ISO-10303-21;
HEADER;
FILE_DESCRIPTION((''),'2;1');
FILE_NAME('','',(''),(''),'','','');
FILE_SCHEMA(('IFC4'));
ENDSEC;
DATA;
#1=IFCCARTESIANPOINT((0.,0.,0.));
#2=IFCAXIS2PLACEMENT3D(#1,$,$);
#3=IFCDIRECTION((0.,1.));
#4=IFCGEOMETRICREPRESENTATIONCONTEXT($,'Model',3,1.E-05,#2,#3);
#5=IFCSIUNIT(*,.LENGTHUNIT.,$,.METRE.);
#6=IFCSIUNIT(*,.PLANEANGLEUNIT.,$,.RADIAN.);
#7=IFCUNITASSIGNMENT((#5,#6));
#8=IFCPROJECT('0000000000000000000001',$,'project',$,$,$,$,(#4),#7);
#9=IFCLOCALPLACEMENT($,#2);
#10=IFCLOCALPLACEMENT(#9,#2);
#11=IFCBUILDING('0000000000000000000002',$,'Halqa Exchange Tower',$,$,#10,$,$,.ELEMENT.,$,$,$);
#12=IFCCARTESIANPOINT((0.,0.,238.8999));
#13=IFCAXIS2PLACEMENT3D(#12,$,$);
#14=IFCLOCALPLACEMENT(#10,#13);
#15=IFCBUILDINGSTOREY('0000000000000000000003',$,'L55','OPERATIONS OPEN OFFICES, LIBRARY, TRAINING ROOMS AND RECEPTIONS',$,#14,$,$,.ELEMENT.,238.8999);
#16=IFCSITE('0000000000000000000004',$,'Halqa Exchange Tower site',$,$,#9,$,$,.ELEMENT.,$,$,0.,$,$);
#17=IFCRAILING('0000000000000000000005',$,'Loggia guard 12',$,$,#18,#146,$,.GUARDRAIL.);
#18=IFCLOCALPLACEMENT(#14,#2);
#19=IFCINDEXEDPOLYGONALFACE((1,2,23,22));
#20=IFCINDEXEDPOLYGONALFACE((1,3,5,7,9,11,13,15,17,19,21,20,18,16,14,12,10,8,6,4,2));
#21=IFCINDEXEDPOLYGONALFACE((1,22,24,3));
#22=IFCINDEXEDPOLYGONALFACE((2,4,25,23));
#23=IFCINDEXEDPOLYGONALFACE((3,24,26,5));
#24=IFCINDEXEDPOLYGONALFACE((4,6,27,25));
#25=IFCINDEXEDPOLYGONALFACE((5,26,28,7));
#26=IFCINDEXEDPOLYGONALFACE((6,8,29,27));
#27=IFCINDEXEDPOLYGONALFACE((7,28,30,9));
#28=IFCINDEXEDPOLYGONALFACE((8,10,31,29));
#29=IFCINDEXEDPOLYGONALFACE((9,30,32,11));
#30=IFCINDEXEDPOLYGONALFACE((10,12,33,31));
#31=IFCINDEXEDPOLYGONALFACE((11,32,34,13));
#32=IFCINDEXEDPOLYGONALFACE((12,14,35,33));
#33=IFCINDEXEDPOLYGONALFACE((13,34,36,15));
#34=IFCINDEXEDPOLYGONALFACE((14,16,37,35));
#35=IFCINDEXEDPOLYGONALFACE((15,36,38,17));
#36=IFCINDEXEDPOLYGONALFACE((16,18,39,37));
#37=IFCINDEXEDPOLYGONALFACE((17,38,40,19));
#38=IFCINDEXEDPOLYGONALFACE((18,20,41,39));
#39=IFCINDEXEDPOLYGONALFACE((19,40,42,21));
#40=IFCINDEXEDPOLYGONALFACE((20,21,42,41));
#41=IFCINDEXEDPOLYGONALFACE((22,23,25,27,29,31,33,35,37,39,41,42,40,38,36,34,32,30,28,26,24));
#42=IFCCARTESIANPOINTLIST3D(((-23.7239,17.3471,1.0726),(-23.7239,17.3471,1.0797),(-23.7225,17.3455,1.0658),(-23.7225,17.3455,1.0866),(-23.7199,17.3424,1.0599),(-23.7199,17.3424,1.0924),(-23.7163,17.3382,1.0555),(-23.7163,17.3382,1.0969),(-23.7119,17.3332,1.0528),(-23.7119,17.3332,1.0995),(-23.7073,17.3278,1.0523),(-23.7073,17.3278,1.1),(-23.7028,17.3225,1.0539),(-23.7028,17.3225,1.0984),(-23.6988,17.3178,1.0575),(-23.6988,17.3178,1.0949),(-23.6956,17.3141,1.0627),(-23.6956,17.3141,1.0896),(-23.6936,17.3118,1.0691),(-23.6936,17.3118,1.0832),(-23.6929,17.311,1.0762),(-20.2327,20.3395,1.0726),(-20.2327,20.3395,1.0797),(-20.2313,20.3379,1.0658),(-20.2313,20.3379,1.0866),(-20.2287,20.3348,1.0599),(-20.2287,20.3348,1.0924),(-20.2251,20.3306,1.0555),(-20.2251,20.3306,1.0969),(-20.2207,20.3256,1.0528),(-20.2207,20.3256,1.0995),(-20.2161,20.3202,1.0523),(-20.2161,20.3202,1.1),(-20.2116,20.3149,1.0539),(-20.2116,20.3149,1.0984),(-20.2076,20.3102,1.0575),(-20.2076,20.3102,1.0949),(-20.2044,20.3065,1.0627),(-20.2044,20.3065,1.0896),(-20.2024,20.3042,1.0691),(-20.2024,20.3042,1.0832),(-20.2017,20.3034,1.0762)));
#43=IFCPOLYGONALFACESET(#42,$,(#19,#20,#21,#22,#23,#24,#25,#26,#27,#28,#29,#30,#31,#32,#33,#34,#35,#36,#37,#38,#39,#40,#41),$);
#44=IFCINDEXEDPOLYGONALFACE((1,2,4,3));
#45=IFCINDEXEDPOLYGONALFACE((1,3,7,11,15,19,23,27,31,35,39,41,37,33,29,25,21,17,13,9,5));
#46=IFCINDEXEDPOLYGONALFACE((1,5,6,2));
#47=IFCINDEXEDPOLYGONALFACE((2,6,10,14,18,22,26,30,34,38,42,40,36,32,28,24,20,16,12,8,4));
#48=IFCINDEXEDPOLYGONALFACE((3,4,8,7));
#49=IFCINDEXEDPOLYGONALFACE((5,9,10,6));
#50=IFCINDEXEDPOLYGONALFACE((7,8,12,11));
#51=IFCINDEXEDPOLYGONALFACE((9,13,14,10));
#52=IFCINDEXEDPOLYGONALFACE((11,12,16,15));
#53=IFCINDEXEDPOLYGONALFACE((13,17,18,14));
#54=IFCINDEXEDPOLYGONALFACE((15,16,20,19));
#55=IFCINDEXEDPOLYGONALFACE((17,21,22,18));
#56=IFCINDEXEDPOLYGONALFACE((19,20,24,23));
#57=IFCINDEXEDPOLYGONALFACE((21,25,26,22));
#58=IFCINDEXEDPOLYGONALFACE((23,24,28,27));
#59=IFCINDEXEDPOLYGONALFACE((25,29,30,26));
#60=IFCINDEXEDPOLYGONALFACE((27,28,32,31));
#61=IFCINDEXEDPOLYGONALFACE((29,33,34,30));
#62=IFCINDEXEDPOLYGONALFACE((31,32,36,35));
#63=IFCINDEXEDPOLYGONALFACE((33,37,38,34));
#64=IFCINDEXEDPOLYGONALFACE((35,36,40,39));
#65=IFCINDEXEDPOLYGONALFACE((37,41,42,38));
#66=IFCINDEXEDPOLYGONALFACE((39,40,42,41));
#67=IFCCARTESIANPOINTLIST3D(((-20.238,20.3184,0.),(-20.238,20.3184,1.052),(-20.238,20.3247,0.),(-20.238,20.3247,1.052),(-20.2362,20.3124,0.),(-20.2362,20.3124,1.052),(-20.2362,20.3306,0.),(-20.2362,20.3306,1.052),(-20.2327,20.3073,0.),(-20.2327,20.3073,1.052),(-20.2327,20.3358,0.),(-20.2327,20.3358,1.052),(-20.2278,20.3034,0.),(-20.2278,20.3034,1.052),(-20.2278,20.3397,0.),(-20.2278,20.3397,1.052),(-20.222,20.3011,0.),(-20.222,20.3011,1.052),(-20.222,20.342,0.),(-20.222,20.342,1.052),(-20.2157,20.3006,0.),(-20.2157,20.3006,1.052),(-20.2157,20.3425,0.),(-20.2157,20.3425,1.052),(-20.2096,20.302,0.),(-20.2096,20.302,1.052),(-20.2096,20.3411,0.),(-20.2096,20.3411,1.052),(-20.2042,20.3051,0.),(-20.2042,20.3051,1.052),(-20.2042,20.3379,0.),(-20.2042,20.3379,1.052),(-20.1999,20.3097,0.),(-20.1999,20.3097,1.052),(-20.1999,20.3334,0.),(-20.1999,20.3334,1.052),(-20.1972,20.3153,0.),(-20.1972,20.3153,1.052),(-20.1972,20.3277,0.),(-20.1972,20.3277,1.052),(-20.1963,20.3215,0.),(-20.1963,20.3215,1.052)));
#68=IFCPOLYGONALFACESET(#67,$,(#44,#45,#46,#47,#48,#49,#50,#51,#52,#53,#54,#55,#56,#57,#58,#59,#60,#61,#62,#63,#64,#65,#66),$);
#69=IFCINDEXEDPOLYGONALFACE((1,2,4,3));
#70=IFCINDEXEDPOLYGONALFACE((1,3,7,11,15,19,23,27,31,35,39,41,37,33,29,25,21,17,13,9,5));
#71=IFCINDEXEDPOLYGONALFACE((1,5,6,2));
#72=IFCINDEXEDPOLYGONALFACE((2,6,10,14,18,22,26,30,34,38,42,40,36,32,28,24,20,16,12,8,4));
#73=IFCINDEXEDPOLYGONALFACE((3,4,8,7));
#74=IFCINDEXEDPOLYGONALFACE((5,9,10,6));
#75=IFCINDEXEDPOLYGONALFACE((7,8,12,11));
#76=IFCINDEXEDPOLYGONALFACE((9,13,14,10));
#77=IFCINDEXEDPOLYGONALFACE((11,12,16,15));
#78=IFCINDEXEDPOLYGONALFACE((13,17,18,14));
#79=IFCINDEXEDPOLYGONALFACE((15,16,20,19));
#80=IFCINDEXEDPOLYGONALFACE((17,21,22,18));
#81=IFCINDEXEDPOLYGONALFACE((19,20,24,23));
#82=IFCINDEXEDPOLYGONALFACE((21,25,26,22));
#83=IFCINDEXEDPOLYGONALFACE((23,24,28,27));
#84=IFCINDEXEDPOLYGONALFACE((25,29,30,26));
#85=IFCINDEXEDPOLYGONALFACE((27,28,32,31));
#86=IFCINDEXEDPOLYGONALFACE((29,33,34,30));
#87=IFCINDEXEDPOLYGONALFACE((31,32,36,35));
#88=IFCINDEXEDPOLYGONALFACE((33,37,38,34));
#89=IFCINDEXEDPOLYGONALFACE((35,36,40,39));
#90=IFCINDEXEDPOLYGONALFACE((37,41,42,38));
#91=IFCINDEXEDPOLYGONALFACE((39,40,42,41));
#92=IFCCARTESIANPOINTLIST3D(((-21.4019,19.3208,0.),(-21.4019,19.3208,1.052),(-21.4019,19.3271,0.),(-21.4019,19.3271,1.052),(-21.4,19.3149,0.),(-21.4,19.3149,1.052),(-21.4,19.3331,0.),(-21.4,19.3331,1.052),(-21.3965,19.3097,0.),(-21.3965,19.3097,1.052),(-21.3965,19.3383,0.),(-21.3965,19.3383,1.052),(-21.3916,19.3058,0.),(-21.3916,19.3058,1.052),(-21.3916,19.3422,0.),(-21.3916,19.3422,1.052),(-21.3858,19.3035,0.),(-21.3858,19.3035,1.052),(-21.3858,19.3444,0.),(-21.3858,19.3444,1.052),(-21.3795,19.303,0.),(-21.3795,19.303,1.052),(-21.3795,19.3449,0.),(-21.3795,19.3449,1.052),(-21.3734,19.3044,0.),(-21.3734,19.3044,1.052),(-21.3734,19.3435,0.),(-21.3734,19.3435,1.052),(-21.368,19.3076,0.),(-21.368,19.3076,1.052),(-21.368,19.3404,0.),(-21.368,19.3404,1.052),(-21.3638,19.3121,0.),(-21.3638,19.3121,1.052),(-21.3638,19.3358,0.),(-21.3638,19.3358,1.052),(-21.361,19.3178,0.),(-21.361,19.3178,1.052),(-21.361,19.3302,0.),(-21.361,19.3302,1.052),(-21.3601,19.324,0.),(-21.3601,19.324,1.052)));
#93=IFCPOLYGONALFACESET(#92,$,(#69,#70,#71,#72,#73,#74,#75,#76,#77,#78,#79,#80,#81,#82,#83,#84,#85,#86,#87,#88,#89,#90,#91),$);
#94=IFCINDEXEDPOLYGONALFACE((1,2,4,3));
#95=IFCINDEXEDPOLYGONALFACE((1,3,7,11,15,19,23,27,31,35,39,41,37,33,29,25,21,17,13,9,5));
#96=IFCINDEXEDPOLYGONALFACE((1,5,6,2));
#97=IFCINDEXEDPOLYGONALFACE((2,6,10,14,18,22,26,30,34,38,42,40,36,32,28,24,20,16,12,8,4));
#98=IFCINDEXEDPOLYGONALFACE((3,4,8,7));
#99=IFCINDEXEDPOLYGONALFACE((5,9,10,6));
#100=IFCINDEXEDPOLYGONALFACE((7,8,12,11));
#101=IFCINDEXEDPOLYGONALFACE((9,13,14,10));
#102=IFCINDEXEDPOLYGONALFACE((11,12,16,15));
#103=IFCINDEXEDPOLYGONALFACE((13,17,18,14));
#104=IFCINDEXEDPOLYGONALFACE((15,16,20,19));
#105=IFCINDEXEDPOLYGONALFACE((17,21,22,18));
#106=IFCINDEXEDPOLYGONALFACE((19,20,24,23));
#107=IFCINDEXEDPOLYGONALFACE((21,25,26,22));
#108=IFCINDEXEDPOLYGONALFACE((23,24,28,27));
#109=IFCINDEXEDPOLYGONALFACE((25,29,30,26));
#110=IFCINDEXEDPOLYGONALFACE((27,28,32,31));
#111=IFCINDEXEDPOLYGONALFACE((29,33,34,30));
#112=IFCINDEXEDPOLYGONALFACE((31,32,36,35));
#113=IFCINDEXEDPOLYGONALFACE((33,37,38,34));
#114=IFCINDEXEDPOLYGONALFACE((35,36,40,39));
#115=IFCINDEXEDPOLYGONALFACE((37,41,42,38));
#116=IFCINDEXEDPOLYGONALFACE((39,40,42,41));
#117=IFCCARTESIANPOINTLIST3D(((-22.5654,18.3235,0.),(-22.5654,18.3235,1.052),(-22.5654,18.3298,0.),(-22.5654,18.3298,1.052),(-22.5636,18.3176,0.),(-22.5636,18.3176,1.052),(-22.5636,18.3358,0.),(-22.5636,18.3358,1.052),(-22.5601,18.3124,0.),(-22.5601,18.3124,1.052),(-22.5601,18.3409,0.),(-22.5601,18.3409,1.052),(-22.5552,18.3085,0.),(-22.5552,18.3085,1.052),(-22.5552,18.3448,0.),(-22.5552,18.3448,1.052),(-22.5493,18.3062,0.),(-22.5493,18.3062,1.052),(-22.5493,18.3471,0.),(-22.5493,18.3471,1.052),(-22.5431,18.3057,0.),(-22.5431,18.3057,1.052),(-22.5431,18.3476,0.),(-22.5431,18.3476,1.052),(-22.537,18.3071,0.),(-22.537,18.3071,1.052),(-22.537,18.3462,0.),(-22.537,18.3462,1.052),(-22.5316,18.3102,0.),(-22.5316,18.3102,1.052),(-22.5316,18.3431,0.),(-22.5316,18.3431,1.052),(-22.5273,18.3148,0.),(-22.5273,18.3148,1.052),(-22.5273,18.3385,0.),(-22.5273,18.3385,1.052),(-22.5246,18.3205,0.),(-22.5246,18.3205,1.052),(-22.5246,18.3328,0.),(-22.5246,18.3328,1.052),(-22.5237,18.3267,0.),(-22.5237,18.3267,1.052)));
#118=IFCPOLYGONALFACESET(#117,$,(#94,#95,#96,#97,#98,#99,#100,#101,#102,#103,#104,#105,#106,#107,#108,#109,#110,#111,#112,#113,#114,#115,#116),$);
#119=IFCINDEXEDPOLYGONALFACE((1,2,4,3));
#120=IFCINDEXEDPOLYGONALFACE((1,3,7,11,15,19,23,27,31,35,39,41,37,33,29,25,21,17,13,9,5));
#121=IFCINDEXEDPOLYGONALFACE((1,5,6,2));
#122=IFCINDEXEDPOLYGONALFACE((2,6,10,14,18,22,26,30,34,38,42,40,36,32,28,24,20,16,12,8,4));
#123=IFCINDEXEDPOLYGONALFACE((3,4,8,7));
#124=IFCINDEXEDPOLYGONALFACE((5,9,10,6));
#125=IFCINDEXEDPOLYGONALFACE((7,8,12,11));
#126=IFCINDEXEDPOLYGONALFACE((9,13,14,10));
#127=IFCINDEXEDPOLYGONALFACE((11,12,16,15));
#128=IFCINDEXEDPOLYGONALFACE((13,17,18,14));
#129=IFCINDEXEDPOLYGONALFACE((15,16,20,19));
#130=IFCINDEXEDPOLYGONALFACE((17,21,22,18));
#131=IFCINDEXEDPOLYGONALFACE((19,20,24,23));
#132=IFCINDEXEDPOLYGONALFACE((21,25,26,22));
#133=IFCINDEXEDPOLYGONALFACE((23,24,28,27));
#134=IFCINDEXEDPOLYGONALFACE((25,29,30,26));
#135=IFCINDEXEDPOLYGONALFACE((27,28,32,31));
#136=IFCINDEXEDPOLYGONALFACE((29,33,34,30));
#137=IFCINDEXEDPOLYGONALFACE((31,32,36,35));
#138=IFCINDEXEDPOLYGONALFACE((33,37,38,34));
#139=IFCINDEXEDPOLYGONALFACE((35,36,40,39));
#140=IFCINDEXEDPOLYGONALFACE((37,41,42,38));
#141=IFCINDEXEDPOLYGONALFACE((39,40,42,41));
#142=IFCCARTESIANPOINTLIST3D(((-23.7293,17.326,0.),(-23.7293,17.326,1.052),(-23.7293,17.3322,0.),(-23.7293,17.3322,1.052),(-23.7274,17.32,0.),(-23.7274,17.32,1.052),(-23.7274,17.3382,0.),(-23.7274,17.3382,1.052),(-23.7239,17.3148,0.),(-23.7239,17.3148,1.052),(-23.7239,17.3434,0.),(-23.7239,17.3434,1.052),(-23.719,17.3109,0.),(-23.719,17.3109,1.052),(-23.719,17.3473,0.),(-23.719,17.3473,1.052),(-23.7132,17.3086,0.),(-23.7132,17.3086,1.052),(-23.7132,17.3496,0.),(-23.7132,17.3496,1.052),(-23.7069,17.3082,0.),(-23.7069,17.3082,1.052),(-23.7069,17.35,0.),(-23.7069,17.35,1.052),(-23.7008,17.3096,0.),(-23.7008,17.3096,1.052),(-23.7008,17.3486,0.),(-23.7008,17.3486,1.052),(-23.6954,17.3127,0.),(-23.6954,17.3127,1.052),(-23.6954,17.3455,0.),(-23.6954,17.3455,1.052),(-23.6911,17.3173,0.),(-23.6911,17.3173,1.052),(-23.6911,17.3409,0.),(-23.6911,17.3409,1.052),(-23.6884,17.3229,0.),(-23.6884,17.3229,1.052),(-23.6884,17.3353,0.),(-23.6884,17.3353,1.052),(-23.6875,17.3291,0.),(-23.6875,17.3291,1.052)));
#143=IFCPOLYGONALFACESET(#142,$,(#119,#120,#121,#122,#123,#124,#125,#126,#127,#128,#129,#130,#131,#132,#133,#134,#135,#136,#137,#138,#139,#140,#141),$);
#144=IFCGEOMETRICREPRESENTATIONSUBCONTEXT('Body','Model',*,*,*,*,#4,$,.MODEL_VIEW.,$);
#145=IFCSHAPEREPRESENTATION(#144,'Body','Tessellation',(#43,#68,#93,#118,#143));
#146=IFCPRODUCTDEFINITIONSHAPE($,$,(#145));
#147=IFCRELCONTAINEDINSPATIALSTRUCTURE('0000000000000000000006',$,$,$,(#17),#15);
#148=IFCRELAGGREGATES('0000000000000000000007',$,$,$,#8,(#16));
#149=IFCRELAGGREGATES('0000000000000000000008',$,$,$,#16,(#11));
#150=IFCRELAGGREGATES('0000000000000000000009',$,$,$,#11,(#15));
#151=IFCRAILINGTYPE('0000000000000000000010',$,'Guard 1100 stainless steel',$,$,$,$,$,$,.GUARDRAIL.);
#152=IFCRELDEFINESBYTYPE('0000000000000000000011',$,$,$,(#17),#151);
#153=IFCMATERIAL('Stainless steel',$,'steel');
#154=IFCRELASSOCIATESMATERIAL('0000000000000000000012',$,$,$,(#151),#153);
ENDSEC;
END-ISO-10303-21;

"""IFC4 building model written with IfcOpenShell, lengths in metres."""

from ifc_helpers import new_model, si_unit, direction, frame, origin, origin_2d, place, context, subcontext, project, spatial, circle, extrude, material, type_object, element, save


model = new_model("IFC4")

# Units and contexts
model_context = context("Model", 3, precision=1e-05, world=origin(), true_north=direction((0.0, 1.0)))
body_context = subcontext(model_context, "Body", "Model", "MODEL_VIEW")
ifc_project = project(units=[si_unit("LENGTHUNIT", "METRE"), si_unit("PLANEANGLEUNIT", "RADIAN")], contexts=[model_context])

# Site, building, storey
site_placement = place(None, origin())
site = spatial("IfcSite", under=ifc_project, at=site_placement, Name="Halqa Exchange Tower site", CompositionType="ELEMENT", RefElevation=0.0)
building_placement = place(site_placement, origin())
building = spatial("IfcBuilding", under=site, at=building_placement, Name="Halqa Exchange Tower", CompositionType="ELEMENT")
storey_placement = place(building_placement, frame((0.0, 0.0, 238.8999)))
storey = spatial("IfcBuildingStorey", under=building, at=storey_placement, Name="L55", Description="OPERATIONS OPEN OFFICES, LIBRARY, TRAINING ROOMS AND RECEPTIONS", CompositionType="ELEMENT", Elevation=238.8999)

# Railing
ifc_material_1 = material(Name="Stainless steel", Category="steel")
railing_type = type_object("IfcRailingType", Name="Guard 1100 stainless steel", PredefinedType="GUARDRAIL", material=ifc_material_1)
railing_1_placement = place(storey_placement, frame((-20.2173, 20.3215, 0.0)))
element("IfcRailing", 1, at=railing_1_placement, inside=storey, type_object=railing_type, Name="Loggia guard 12", PredefinedType="GUARDRAIL", context=body_context, shape_type="SweptSolid", body=[
    extrude(circle(Radius=0.0239, at=origin_2d()), frame((0.0, 0.0, 1.0762), z_axis=(-0.75926, -0.650787, 0.0), x_axis=(0.650787, -0.75926, 0.0)), (0.0, 0.0, 1.0), 4.5981),
    extrude(circle(Radius=0.021, at=origin_2d()), origin(), (0.0, 0.0, 1.0), 1.052),
    extrude(circle(Radius=0.021, at=origin_2d()), frame((-1.1638, -0.9976, 0.0)), (0.0, 0.0, 1.0), 1.052),
    extrude(circle(Radius=0.021, at=origin_2d()), frame((-2.3274, -1.9949, 0.0)), (0.0, 0.0, 1.0), 1.052),
    extrude(circle(Radius=0.021, at=origin_2d()), frame((-3.4912, -2.9924, 0.0)), (0.0, 0.0, 1.0), 1.052),
])

save(model, "model.ifc")
